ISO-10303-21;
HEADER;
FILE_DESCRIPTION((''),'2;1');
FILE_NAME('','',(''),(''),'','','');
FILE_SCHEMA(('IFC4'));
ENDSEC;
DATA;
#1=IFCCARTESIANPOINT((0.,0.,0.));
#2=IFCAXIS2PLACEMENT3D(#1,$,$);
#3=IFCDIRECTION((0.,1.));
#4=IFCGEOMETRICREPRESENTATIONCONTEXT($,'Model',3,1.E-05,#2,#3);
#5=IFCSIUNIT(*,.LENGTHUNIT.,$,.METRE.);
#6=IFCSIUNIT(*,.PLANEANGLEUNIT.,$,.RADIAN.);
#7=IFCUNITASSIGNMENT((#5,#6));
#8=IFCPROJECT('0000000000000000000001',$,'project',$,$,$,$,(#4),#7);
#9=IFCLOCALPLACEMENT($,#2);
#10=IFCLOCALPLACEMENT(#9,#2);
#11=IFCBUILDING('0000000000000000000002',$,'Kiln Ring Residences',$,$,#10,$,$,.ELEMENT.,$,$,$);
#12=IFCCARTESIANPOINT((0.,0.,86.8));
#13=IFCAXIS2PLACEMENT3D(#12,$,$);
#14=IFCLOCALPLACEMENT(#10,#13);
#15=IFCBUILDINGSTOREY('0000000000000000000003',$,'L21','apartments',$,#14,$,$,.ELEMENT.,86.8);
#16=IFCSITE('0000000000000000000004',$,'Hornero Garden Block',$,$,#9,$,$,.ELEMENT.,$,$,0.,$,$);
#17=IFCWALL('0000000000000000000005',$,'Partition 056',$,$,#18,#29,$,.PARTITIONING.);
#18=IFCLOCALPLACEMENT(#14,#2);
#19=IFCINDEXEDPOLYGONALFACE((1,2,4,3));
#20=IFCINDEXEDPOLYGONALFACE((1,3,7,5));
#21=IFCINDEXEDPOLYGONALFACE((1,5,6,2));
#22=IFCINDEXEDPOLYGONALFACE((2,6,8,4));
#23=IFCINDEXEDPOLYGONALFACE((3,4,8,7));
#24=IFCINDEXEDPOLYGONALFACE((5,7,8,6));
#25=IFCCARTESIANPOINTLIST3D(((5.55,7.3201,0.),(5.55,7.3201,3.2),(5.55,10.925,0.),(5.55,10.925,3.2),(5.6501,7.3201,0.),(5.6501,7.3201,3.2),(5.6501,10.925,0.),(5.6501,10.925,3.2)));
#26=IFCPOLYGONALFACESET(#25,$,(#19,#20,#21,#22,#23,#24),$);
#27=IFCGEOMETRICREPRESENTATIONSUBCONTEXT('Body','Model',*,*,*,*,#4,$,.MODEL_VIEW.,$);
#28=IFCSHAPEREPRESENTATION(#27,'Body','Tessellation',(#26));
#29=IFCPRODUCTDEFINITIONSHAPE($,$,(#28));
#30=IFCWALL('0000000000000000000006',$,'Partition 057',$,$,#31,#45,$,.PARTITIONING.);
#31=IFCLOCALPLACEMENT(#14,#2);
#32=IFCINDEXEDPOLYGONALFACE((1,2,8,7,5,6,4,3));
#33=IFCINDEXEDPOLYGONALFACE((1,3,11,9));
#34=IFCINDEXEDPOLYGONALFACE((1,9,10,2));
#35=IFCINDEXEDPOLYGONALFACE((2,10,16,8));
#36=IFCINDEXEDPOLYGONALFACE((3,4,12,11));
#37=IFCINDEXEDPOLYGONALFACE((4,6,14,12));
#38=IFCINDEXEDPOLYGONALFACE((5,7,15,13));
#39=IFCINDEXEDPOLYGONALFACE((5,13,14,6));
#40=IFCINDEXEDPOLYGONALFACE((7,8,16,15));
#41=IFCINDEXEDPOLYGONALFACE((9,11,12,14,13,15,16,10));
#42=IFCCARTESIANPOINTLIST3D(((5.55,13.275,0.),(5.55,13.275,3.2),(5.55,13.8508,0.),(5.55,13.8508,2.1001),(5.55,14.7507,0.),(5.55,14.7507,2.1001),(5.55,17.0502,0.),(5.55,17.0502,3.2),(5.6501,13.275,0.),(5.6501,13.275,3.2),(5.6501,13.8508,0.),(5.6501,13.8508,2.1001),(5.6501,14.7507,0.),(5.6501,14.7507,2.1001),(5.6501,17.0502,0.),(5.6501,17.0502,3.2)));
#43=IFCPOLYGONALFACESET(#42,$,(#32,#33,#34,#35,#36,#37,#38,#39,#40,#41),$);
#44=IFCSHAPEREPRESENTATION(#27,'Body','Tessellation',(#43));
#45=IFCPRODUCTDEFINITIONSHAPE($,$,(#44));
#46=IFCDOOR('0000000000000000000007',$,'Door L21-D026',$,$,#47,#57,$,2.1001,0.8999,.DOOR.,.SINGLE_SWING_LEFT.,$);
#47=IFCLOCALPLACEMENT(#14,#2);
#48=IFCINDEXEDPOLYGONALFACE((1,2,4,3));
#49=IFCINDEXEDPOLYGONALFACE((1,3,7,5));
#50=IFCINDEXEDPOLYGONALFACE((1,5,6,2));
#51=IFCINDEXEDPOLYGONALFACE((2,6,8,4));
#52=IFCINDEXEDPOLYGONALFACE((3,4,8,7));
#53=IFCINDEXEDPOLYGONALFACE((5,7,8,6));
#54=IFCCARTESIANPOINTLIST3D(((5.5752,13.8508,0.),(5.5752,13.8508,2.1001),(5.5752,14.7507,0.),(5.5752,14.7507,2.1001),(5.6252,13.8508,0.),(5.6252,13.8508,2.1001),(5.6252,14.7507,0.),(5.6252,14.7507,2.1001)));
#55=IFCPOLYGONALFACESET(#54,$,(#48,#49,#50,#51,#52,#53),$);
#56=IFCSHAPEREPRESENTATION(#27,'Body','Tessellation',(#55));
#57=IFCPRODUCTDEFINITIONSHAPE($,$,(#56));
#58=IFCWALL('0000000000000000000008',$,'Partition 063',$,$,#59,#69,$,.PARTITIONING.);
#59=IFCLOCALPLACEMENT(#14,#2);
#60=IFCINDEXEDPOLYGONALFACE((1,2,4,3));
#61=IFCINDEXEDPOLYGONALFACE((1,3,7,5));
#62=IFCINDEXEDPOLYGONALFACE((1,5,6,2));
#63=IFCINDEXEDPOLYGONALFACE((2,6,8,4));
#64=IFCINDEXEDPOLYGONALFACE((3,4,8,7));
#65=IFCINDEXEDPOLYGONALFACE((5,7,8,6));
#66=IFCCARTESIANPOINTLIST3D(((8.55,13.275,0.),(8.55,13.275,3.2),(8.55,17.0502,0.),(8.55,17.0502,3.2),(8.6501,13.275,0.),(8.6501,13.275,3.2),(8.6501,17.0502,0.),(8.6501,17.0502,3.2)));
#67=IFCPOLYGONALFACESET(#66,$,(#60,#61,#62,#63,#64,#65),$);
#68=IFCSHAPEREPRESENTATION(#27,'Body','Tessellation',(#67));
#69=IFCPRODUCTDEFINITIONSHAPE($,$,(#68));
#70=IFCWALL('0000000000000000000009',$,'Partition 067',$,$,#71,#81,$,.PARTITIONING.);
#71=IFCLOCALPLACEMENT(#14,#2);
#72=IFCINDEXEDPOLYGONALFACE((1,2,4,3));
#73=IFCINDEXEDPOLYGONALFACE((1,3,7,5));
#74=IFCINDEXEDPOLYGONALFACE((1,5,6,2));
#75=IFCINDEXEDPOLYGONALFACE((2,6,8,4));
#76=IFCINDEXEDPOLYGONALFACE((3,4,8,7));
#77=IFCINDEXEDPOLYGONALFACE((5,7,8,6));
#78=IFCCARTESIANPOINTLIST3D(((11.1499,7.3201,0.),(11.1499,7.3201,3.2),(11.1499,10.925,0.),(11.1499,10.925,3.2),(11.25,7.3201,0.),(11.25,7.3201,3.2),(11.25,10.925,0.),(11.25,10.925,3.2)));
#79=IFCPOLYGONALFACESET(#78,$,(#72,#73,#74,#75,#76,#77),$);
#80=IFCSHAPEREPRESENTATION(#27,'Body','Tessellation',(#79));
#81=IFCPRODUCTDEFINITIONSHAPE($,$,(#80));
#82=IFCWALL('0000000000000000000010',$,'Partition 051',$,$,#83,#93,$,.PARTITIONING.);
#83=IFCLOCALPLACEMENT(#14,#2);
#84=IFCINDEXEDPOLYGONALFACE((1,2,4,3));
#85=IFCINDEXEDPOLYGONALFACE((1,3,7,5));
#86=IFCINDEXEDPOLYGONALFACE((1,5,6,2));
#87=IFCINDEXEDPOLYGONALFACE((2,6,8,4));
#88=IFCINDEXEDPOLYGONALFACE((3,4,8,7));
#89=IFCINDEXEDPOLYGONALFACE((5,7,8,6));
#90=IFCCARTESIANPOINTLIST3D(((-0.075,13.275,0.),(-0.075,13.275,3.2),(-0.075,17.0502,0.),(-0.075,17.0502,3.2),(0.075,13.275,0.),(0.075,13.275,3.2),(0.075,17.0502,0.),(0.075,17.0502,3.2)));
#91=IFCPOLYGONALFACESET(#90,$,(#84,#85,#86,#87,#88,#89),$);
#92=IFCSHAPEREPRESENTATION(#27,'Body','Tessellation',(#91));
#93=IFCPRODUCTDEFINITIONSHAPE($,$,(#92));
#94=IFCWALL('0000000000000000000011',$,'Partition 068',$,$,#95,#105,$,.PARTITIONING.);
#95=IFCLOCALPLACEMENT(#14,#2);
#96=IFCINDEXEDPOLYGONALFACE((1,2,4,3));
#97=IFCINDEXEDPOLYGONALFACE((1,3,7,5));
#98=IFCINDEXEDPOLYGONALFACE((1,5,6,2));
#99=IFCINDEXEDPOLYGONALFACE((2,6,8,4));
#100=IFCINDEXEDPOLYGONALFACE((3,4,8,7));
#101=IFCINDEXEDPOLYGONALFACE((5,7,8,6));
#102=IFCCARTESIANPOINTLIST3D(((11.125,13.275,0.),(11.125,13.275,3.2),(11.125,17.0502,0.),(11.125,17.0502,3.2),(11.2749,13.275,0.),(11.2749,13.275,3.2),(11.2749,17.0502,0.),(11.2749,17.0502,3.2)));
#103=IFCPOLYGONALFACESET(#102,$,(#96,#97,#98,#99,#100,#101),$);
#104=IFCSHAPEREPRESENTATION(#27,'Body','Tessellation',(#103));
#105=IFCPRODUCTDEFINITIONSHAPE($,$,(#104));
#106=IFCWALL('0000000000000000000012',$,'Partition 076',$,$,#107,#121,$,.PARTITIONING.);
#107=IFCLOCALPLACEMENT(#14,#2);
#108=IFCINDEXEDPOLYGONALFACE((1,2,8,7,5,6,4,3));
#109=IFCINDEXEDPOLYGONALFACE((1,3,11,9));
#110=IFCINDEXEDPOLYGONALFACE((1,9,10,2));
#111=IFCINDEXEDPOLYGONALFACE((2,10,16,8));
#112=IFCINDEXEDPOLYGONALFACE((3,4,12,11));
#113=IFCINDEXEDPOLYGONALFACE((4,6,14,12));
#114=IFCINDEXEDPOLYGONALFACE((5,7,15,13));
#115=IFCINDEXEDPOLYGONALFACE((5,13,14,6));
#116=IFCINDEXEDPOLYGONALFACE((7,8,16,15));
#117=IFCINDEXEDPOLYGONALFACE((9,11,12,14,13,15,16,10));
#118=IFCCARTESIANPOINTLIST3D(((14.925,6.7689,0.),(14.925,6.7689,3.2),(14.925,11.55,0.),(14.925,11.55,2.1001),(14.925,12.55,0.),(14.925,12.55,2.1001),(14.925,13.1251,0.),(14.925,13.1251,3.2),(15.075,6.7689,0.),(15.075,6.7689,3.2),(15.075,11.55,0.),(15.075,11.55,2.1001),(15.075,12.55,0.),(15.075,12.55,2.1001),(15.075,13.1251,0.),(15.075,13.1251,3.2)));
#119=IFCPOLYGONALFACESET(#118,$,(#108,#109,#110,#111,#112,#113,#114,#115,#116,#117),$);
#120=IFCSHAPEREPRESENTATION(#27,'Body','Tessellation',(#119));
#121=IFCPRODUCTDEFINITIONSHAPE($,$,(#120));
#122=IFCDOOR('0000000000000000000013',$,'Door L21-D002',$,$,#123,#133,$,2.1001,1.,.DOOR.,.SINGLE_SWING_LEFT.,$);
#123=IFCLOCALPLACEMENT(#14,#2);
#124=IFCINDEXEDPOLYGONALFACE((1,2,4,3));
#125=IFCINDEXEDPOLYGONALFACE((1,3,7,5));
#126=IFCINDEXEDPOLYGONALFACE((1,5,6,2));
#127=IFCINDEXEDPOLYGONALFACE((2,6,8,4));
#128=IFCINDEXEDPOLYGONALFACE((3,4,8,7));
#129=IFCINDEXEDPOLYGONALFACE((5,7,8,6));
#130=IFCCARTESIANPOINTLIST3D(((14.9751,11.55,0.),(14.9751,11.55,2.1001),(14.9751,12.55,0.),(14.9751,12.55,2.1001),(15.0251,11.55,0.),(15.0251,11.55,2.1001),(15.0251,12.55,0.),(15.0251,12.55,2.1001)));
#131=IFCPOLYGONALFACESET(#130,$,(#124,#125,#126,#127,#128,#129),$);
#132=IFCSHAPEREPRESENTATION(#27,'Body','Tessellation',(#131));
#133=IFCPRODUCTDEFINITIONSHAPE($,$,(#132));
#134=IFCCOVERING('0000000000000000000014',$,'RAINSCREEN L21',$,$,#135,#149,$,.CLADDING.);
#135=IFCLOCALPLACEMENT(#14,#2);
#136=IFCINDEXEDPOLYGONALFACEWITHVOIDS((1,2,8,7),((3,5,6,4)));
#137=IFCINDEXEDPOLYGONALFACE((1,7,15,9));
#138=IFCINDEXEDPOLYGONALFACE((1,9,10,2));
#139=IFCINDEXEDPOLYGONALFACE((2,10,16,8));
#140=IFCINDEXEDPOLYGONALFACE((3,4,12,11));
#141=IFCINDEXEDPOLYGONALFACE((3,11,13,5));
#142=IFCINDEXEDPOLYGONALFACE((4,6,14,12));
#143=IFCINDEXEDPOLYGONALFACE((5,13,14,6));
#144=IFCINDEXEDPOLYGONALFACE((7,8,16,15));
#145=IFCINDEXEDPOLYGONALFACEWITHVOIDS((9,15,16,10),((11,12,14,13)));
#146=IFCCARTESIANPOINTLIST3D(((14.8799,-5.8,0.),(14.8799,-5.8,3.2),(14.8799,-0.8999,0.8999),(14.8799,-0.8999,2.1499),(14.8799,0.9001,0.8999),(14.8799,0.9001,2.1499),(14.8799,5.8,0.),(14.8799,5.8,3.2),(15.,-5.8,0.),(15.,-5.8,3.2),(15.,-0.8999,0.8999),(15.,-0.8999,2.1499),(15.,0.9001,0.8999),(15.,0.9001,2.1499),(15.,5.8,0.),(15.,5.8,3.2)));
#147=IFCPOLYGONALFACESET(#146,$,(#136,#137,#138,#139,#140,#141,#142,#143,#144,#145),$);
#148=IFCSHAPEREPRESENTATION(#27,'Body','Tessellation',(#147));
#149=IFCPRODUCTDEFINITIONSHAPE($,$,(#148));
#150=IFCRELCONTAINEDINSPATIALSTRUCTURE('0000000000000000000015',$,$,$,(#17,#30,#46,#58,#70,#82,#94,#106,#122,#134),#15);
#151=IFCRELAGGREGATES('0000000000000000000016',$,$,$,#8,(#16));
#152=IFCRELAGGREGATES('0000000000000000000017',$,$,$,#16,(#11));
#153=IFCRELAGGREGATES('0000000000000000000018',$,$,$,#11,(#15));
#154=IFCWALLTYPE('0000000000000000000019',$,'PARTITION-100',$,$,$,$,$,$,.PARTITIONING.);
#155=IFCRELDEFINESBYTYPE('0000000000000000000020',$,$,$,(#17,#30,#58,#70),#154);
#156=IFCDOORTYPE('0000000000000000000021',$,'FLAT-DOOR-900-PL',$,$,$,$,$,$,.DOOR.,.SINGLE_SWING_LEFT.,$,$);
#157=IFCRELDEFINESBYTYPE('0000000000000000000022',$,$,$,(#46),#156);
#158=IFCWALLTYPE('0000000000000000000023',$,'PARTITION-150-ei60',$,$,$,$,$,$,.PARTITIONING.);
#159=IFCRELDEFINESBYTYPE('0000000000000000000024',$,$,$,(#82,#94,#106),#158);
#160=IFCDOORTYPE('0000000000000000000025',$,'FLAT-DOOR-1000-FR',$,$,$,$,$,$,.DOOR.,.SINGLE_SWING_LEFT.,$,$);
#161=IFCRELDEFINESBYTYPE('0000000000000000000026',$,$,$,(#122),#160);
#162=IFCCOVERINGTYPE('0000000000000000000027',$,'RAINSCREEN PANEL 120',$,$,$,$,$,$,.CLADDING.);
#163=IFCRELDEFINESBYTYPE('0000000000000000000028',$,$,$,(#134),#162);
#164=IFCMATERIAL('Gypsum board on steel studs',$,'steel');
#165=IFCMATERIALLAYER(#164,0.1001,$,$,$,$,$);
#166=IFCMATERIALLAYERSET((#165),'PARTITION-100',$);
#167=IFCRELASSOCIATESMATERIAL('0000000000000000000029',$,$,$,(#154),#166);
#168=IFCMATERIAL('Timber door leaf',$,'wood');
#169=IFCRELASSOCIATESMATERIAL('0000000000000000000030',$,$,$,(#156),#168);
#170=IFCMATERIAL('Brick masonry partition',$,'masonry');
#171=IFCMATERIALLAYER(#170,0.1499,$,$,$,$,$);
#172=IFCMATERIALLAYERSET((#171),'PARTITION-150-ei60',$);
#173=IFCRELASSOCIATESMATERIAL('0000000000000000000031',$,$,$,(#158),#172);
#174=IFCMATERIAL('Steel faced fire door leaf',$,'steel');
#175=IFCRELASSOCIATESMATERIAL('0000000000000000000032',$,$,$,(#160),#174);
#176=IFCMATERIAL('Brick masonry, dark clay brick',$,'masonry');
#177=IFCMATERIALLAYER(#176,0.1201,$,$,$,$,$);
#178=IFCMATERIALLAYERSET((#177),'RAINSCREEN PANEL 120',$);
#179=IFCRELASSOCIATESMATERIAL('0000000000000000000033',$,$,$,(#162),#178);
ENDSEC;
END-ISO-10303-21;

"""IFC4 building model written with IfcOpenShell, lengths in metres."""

from ifc_helpers import new_model, si_unit, direction, frame, frame_2d, origin, place, context, subcontext, project, spatial, polyline, rectangle, outline, extrude, material, layer, layer_set, type_object, element, fill, save


model = new_model("IFC4")

# Units and contexts
model_context = context("Model", 3, precision=1e-05, world=origin(), true_north=direction((0.0, 1.0)))
body_context = subcontext(model_context, "Body", "Model", "MODEL_VIEW")
ifc_project = project(units=[si_unit("LENGTHUNIT", "METRE"), si_unit("PLANEANGLEUNIT", "RADIAN")], contexts=[model_context])

# Site, building, storey
site_placement = place(None, origin())
site = spatial("IfcSite", under=ifc_project, at=site_placement, Name="Hornero Garden Block", CompositionType="ELEMENT", RefElevation=0.0)
building_placement = place(site_placement, origin())
building = spatial("IfcBuilding", under=site, at=building_placement, Name="Kiln Ring Residences", CompositionType="ELEMENT")
storey_placement = place(building_placement, frame((0.0, 0.0, 86.8)))
storey = spatial("IfcBuildingStorey", under=building, at=storey_placement, Name="L21", Description="apartments", CompositionType="ELEMENT", Elevation=86.8)

# Wall
ifc_material_1 = material(Name="Gypsum board on steel studs", Category="steel")
ifc_layer_1 = layer(ifc_material_1, 0.1001)
ifc_layer_set_1 = layer_set([ifc_layer_1], Name="PARTITION-100")
wall_type_1 = type_object("IfcWallType", Name="PARTITION-100", PredefinedType="PARTITIONING", material=ifc_layer_set_1)
for number, where, z_axis, x_axis, name in (
    (1, (5.6001, 7.3201, 0.0), (0.0, 0.0, 1.0), (0.0, 1.0, 0.0), "Partition 056"),
):
    element("IfcWall", number, at=place(storey_placement, frame(where, z_axis=z_axis, x_axis=x_axis)), inside=storey, type_object=wall_type_1, Name=name, PredefinedType="PARTITIONING", context=body_context, shape_type="SweptSolid", body=[
        extrude(rectangle(XDim=3.605, YDim=0.1001, at=frame_2d((1.8025, 0.0))), origin(), (0.0, 0.0, 1.0), 3.2),
    ])

# Wall, opening, door
wall_1_placement = place(storey_placement, frame((5.6001, 13.2749, 0.0), z_axis=(0.0, 0.0, 1.0), x_axis=(0.0, 1.0, 0.0)))
wall_1 = element("IfcWall", 2, at=wall_1_placement, inside=storey, type_object=wall_type_1, Name="Partition 057", PredefinedType="PARTITIONING", context=body_context, shape_type="SweptSolid", body=[
    extrude(rectangle(XDim=3.7751, YDim=0.1001, at=frame_2d((1.8877, 0.0))), origin(), (0.0, 0.0, 1.0), 3.2),
])
opening_1_placement = place(wall_1_placement, frame((0.5759, 0.0, 0.0)))
opening_1 = element("IfcOpeningElement", 3, at=opening_1_placement, cuts=wall_1, PredefinedType="OPENING", context=body_context, shape_type="SweptSolid", body=[
    extrude(rectangle(XDim=0.8999, YDim=2.1001, at=frame_2d((0.45, 1.05))), frame((0.0, 0.0601, 0.0), z_axis=(0.0, -1.0, 0.0), x_axis=(1.0, 0.0, 0.0)), (0.0, 0.0, 1.0), 0.1201),
])
ifc_material_2 = material(Name="Timber door leaf", Category="wood")
door_type_1 = type_object("IfcDoorType", Name="FLAT-DOOR-900-PL", OperationType="SINGLE_SWING_LEFT", PredefinedType="DOOR", material=ifc_material_2)
door_1_placement = place(opening_1_placement, origin())
door_1 = element("IfcDoor", 4, at=door_1_placement, inside=storey, type_object=door_type_1, Name="Door L21-D026", OperationType="SINGLE_SWING_LEFT", OverallHeight=2.1001, OverallWidth=0.8999, PredefinedType="DOOR", context=body_context, shape_type="SweptSolid", body=[
    extrude(rectangle(XDim=0.8999, YDim=2.1001, at=frame_2d((0.45, 1.05))), frame((0.0, 0.0249, 0.0), z_axis=(0.0, -1.0, 0.0), x_axis=(1.0, 0.0, 0.0)), (0.0, 0.0, 1.0), 0.05),
])
fill(opening_1, door_1)

# Walls
wall_2_placement = place(storey_placement, frame((8.6001, 13.2749, 0.0), z_axis=(0.0, 0.0, 1.0), x_axis=(0.0, 1.0, 0.0)))
element("IfcWall", 5, at=wall_2_placement, inside=storey, type_object=wall_type_1, Name="Partition 063", PredefinedType="PARTITIONING", context=body_context, shape_type="SweptSolid", body=[
    extrude(rectangle(XDim=3.7751, YDim=0.1001, at=frame_2d((1.8877, 0.0))), origin(), (0.0, 0.0, 1.0), 3.2),
])
wall_3_placement = place(storey_placement, frame((11.2, 7.3201, 0.0), z_axis=(0.0, 0.0, 1.0), x_axis=(0.0, 1.0, 0.0)))
element("IfcWall", 6, at=wall_3_placement, inside=storey, type_object=wall_type_1, Name="Partition 067", PredefinedType="PARTITIONING", context=body_context, shape_type="SweptSolid", body=[
    extrude(rectangle(XDim=3.605, YDim=0.1001, at=frame_2d((1.8025, 0.0))), origin(), (0.0, 0.0, 1.0), 3.2),
])
ifc_material_3 = material(Name="Brick masonry partition", Category="masonry")
ifc_layer_2 = layer(ifc_material_3, 0.1499)
ifc_layer_set_2 = layer_set([ifc_layer_2], Name="PARTITION-150-ei60")
wall_type_2 = type_object("IfcWallType", Name="PARTITION-150-ei60", PredefinedType="PARTITIONING", material=ifc_layer_set_2)
for number, where, z_axis, x_axis, name in (
    (7, (0.0, 13.2749, 0.0), (0.0, 0.0, 1.0), (0.0, 1.0, 0.0), "Partition 051"),
    (8, (11.2, 13.2749, 0.0), (0.0, 0.0, 1.0), (0.0, 1.0, 0.0), "Partition 068"),
):
    element("IfcWall", number, at=place(storey_placement, frame(where, z_axis=z_axis, x_axis=x_axis)), inside=storey, type_object=wall_type_2, Name=name, PredefinedType="PARTITIONING", context=body_context, shape_type="SweptSolid", body=[
        extrude(rectangle(XDim=3.7751, YDim=0.1499, at=frame_2d((1.8877, 0.0))), origin(), (0.0, 0.0, 1.0), 3.2),
    ])

# Wall, opening, door
wall_4_placement = place(storey_placement, frame((15.0, 6.7688, 0.0), z_axis=(0.0, 0.0, 1.0), x_axis=(0.0, 1.0, 0.0)))
wall_4 = element("IfcWall", 9, at=wall_4_placement, inside=storey, type_object=wall_type_2, Name="Partition 076", PredefinedType="PARTITIONING", context=body_context, shape_type="SweptSolid", body=[
    extrude(rectangle(XDim=6.3562, YDim=0.1499, at=frame_2d((3.1782, 0.0))), origin(), (0.0, 0.0, 1.0), 3.2),
])
opening_2_placement = place(wall_4_placement, frame((4.7812, 0.0, 0.0)))
opening_2 = element("IfcOpeningElement", 10, at=opening_2_placement, cuts=wall_4, PredefinedType="OPENING", context=body_context, shape_type="SweptSolid", body=[
    extrude(rectangle(XDim=1.0, YDim=2.1001, at=frame_2d((0.5, 1.05))), frame((0.0, 0.085, 0.0), z_axis=(0.0, -1.0, 0.0), x_axis=(1.0, 0.0, 0.0)), (0.0, 0.0, 1.0), 0.1699),
])
ifc_material_4 = material(Name="Steel faced fire door leaf", Category="steel")
door_type_2 = type_object("IfcDoorType", Name="FLAT-DOOR-1000-FR", OperationType="SINGLE_SWING_LEFT", PredefinedType="DOOR", material=ifc_material_4)
door_2_placement = place(opening_2_placement, origin())
door_2 = element("IfcDoor", 11, at=door_2_placement, inside=storey, type_object=door_type_2, Name="Door L21-D002", OperationType="SINGLE_SWING_LEFT", OverallHeight=2.1001, OverallWidth=1.0, PredefinedType="DOOR", context=body_context, shape_type="SweptSolid", body=[
    extrude(rectangle(XDim=1.0, YDim=2.1001, at=frame_2d((0.5, 1.05))), frame((0.0, 0.0249, 0.0), z_axis=(0.0, -1.0, 0.0), x_axis=(1.0, 0.0, 0.0)), (0.0, 0.0, 1.0), 0.05),
])
fill(opening_2, door_2)

# Covering
ifc_material_5 = material(Name="Brick masonry, dark clay brick", Category="masonry")
ifc_layer_3 = layer(ifc_material_5, 0.1201)
ifc_layer_set_3 = layer_set([ifc_layer_3], Name="RAINSCREEN PANEL 120")
covering_type = type_object("IfcCoveringType", Name="RAINSCREEN PANEL 120", PredefinedType="CLADDING", material=ifc_layer_set_3)
covering_placement = place(storey_placement, frame((14.9399, 5.8, 0.0), z_axis=(0.0, 0.0, 1.0), x_axis=(0.0, -1.0, 0.0)))
element("IfcCovering", 12, at=covering_placement, inside=storey, type_object=covering_type, Name="RAINSCREEN L21", PredefinedType="CLADDING", context=body_context, shape_type="SweptSolid", body=[
    extrude(outline(polyline([(0.0, 0.0), (11.6001, 0.0), (11.6001, 3.2), (0.0, 3.2), (0.0, 0.0)]), holes=[polyline([(4.8999, 2.1499), (4.8999, 0.8999), (6.7, 0.8999), (6.7, 2.1499), (4.8999, 2.1499)])]), frame((0.0, 0.0601, 0.0), z_axis=(0.0, -1.0, 0.0), x_axis=(1.0, 0.0, 0.0)), (0.0, 0.0, 1.0), 0.1201),
])

save(model, "model.ifc")
